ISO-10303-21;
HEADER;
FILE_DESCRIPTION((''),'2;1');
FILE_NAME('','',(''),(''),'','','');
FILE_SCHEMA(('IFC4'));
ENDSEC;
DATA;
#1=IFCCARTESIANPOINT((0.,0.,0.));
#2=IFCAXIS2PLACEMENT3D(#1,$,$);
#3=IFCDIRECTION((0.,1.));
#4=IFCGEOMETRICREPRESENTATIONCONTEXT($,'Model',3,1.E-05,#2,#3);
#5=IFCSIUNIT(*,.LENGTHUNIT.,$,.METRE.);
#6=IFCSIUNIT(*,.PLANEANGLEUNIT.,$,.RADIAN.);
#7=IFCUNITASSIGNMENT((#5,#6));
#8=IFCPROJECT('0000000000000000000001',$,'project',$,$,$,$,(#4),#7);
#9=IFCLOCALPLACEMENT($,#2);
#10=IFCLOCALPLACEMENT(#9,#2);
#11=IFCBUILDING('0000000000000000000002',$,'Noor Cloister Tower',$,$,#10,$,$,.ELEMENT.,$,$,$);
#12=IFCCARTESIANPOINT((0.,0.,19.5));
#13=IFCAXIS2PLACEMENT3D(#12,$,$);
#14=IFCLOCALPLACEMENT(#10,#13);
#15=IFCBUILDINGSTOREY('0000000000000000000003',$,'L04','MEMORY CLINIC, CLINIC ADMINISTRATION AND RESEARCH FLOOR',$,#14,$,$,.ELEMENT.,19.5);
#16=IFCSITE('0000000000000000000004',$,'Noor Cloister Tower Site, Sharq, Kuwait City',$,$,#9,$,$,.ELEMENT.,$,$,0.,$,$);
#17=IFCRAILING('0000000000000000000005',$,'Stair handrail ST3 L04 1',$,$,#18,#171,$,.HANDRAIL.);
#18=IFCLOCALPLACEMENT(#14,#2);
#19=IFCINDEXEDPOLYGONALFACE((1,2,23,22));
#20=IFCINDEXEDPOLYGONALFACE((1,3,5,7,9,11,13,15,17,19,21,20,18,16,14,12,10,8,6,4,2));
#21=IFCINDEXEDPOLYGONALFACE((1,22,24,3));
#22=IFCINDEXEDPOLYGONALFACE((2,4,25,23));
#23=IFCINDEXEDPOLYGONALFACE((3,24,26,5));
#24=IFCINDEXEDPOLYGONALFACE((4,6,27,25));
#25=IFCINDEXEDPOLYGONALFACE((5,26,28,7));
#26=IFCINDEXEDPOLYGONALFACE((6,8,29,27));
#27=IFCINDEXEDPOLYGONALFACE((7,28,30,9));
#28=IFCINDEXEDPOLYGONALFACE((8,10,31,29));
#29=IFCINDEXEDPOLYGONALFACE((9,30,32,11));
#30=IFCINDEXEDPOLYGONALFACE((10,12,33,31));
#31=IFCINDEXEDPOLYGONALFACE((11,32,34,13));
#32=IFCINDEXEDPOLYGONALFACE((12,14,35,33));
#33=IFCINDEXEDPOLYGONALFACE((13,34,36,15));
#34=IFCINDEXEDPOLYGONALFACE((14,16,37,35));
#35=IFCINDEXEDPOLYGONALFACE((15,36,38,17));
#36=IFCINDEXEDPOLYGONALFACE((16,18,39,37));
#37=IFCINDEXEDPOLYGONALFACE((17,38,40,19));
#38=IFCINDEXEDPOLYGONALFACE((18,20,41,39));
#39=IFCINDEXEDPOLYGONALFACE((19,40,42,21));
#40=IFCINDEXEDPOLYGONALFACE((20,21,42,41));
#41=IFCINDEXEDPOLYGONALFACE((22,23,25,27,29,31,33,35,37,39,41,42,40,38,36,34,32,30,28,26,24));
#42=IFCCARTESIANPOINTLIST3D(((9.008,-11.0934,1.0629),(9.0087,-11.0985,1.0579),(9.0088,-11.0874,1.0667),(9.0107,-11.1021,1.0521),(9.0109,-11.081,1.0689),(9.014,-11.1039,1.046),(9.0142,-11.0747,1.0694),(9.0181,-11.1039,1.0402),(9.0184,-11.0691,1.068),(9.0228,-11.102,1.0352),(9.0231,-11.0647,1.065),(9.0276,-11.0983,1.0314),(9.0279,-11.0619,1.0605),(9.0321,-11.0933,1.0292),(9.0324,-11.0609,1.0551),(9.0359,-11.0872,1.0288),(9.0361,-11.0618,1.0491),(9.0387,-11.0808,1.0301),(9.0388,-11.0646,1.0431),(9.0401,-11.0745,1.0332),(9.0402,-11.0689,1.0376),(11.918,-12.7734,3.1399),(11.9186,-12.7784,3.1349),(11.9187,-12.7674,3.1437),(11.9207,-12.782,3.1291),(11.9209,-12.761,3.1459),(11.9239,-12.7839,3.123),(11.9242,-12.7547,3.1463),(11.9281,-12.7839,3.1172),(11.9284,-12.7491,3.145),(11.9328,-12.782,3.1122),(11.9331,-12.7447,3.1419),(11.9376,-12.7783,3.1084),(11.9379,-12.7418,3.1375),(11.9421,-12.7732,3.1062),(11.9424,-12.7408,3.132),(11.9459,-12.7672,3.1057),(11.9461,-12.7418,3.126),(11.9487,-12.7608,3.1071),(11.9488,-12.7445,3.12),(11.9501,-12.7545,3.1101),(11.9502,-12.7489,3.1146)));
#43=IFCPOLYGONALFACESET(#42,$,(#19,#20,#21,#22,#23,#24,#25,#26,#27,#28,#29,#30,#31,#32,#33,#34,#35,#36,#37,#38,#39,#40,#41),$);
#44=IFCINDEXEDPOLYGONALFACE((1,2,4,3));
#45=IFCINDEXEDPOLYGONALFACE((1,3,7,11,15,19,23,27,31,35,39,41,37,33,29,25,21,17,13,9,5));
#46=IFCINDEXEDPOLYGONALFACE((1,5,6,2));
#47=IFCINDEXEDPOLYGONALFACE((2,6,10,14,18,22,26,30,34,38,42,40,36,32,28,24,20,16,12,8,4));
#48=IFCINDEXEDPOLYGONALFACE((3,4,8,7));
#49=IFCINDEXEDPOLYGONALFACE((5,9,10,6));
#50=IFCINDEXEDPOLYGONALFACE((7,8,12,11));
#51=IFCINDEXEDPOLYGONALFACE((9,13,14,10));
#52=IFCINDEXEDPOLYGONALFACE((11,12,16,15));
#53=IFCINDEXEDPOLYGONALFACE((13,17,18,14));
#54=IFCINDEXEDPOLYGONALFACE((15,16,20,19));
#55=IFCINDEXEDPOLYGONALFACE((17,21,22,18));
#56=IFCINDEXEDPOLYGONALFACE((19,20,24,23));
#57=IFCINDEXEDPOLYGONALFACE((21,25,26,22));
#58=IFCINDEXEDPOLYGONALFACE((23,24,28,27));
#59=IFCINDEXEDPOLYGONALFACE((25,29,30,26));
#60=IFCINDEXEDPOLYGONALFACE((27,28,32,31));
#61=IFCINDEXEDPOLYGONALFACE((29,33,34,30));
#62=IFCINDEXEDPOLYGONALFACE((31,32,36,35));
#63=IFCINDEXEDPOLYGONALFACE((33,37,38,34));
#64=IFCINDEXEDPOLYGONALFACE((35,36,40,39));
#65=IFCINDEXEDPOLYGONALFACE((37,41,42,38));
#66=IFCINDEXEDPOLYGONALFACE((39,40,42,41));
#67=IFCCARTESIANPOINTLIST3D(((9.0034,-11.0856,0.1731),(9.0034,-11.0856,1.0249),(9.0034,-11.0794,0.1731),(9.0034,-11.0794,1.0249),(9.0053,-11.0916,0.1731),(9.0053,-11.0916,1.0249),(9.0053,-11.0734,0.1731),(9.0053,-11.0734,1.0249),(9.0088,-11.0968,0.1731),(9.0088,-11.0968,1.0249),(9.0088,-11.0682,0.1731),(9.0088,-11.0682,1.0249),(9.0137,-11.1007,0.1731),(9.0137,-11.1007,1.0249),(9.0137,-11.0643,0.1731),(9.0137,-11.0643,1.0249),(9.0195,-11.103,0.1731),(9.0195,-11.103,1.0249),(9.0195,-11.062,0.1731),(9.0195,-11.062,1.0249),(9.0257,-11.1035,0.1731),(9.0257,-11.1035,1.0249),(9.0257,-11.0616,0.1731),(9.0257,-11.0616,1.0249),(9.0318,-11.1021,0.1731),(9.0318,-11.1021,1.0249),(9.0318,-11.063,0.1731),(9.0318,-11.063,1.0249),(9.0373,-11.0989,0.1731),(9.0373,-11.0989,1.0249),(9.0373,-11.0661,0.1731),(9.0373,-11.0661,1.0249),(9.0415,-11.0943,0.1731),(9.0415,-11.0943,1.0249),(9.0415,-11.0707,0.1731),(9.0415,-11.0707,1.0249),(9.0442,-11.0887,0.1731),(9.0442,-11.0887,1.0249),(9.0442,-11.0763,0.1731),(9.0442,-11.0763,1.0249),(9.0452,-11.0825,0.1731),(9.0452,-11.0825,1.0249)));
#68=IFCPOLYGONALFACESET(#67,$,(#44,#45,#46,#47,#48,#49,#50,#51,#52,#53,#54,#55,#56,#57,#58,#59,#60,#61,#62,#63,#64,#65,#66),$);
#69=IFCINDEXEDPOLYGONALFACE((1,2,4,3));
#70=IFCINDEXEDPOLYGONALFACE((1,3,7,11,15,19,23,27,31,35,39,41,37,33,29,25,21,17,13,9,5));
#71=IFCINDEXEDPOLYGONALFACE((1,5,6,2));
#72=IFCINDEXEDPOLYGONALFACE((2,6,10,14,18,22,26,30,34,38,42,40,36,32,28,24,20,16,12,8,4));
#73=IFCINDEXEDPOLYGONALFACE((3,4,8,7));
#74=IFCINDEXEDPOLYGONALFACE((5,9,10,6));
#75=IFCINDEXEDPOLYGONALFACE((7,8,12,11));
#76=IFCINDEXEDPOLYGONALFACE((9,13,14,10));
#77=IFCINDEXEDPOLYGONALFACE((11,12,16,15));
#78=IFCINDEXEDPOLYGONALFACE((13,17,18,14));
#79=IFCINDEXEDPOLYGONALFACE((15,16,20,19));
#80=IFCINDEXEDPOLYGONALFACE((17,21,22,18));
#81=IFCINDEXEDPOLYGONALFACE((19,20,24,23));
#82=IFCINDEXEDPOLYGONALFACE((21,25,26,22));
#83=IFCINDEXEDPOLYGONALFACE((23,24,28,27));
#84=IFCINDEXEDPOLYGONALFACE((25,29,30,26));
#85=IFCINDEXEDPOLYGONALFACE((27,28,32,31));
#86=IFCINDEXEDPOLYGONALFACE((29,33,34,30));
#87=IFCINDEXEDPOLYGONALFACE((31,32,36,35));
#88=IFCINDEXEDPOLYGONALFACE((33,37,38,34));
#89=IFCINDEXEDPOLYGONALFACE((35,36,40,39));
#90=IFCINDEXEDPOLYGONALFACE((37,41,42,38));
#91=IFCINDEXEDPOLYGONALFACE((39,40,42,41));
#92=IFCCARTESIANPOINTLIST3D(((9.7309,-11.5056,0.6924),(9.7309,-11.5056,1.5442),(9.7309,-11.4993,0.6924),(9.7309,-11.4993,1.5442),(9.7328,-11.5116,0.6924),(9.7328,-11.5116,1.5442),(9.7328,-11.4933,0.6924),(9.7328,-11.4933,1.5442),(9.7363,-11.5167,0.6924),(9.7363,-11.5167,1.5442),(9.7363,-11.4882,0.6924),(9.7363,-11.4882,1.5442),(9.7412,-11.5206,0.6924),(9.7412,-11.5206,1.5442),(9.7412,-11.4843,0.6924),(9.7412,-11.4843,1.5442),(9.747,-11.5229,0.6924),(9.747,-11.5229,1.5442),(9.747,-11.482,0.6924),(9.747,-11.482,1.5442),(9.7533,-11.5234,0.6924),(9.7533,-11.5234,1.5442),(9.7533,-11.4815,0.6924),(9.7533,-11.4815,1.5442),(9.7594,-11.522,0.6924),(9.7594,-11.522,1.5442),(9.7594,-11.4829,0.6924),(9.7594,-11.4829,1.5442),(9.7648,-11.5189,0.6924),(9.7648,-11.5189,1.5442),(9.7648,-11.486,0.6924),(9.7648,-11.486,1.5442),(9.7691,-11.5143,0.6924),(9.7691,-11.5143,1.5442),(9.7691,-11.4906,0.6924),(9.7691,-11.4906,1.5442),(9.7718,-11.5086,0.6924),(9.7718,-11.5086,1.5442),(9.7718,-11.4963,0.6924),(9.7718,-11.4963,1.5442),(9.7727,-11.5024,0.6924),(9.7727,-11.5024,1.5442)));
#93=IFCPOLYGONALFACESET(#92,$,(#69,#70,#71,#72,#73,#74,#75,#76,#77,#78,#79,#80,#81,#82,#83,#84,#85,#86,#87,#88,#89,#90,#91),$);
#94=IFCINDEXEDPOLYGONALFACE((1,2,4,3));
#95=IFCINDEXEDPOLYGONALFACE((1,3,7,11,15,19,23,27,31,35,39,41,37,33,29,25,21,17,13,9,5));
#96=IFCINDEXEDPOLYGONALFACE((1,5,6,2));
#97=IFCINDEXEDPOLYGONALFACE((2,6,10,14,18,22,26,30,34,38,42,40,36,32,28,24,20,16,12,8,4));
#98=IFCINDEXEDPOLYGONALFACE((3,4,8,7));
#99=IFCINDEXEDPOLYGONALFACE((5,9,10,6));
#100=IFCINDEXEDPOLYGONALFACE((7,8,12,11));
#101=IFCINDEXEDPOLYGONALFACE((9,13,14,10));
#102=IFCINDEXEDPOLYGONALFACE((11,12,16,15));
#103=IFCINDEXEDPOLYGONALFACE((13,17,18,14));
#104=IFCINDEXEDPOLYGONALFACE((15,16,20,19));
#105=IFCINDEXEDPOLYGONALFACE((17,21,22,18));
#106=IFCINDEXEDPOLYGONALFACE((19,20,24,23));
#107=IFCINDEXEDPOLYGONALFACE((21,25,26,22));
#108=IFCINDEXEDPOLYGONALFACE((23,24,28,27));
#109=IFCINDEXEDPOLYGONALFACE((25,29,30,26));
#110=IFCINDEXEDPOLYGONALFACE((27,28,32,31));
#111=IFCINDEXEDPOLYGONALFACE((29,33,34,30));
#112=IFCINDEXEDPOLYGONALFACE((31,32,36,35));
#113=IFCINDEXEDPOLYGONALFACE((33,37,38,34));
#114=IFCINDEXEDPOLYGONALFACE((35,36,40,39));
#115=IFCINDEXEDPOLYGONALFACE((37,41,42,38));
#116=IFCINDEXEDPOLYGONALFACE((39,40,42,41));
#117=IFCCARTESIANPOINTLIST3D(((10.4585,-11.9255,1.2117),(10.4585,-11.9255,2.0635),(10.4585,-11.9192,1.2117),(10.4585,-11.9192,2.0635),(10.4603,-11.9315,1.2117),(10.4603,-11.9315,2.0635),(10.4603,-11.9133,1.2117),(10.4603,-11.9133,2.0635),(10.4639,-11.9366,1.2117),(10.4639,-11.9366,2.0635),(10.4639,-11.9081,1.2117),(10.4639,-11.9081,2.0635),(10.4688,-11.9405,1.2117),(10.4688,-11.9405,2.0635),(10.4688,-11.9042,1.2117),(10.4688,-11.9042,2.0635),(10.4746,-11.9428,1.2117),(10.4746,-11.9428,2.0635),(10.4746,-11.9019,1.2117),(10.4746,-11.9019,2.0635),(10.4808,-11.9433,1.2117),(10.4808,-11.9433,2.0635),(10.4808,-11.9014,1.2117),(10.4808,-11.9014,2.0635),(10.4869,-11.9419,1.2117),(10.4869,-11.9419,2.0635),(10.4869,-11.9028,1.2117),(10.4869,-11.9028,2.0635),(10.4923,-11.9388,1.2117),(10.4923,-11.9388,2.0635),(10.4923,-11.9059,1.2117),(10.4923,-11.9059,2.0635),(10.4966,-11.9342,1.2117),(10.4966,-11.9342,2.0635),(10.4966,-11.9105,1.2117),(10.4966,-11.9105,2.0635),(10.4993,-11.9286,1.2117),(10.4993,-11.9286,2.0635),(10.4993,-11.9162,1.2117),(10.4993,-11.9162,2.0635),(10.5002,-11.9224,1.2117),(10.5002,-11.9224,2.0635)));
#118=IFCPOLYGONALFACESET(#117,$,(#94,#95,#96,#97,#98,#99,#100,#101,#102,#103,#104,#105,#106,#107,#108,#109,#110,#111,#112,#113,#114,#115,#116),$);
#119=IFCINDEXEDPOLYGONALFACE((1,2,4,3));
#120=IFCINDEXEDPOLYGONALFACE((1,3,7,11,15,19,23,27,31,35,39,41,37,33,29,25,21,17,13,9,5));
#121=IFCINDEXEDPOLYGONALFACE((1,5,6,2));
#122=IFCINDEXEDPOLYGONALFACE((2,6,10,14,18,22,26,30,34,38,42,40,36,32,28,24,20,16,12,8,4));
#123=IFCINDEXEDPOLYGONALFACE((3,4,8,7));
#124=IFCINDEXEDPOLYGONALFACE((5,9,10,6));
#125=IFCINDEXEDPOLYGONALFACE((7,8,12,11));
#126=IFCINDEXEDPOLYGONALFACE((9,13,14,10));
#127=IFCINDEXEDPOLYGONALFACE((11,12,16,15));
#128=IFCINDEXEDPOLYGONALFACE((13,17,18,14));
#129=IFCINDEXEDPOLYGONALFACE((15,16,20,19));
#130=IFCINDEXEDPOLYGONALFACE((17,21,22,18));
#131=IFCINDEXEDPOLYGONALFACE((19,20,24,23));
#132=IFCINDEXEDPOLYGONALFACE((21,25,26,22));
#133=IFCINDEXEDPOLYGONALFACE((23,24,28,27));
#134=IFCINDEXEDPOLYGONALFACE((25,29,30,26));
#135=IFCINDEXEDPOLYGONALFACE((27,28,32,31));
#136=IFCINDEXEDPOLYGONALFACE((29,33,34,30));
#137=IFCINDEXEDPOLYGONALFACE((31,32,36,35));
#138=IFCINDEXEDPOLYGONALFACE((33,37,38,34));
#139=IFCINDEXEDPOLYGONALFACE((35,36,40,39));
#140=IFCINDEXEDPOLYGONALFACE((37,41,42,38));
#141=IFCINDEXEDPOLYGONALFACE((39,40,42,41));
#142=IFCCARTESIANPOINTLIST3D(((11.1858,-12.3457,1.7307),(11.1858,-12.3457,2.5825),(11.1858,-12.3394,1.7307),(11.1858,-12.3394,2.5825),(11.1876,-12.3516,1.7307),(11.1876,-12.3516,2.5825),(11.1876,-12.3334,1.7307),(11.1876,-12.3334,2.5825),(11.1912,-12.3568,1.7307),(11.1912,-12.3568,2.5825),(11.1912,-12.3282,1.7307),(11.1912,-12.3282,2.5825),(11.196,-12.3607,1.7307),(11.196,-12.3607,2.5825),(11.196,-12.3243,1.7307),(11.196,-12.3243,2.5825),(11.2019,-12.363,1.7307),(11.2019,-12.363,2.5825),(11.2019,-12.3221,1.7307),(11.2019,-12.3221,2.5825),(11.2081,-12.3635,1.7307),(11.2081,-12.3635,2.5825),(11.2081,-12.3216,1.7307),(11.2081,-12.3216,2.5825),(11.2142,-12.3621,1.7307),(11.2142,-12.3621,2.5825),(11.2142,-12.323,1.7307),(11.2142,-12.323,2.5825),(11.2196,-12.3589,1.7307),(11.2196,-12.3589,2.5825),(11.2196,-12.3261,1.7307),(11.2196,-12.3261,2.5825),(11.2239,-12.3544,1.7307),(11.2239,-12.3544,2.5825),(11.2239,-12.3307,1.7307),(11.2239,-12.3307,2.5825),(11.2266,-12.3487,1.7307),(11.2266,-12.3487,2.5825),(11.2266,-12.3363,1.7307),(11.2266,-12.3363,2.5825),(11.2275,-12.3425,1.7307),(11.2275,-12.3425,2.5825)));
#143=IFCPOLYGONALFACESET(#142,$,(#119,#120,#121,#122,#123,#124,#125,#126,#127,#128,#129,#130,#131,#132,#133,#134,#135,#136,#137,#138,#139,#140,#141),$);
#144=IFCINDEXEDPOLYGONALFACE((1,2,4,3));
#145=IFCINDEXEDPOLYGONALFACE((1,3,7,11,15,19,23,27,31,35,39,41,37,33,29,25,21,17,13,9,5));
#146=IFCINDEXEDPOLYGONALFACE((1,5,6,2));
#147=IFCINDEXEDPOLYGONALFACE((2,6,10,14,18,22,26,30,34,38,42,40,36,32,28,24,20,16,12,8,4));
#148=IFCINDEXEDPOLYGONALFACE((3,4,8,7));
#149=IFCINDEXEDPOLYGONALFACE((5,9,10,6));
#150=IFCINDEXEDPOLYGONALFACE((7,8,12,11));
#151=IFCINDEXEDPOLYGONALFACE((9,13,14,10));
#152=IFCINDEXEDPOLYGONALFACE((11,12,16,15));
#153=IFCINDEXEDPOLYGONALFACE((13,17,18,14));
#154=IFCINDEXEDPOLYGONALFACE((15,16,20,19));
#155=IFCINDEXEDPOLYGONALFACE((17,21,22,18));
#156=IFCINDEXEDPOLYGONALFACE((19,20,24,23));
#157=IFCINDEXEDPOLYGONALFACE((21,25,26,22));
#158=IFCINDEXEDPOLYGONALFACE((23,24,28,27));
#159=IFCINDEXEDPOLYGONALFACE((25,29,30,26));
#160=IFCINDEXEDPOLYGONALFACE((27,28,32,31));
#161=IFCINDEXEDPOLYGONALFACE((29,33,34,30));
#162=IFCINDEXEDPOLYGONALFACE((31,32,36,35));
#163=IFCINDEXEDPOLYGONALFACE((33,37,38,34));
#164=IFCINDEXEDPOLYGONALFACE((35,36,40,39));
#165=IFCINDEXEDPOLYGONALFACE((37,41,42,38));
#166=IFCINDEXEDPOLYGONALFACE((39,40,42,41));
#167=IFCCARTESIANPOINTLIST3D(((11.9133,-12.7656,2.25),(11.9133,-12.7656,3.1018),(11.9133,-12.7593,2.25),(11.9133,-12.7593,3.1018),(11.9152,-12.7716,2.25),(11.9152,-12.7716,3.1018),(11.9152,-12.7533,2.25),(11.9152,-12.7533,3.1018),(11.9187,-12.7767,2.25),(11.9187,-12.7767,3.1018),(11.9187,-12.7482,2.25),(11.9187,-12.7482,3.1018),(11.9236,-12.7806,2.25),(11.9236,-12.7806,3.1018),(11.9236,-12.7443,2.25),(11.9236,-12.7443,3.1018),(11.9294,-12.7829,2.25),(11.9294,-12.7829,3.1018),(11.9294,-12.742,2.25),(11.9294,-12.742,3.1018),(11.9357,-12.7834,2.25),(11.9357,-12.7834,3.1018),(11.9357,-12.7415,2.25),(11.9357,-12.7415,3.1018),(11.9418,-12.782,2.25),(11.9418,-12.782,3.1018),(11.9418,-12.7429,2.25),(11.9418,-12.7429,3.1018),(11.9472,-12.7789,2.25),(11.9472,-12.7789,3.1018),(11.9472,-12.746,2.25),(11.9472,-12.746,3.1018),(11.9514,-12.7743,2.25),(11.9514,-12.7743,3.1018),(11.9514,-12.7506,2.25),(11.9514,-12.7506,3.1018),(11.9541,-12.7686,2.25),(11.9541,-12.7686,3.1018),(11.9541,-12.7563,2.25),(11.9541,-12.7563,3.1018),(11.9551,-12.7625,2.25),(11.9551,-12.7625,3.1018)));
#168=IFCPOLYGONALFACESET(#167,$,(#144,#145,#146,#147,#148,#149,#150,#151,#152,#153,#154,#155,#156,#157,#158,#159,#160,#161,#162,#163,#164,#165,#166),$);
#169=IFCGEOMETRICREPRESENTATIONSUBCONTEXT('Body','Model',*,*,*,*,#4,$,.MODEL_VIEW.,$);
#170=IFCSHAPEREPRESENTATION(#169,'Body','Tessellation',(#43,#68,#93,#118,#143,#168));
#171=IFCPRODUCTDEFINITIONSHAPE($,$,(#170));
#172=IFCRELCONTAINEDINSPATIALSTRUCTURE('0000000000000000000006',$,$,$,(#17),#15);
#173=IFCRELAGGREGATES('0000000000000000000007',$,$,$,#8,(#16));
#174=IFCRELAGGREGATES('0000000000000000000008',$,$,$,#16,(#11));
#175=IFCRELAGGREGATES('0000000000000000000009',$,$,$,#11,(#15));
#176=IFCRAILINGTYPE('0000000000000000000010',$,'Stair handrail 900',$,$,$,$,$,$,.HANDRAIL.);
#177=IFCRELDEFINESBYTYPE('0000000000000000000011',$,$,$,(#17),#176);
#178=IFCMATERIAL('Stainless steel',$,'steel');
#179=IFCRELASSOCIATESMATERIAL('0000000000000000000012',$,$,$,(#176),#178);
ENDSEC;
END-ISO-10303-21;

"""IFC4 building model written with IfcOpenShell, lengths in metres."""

from ifc_helpers import new_model, si_unit, direction, frame, origin, origin_2d, place, context, subcontext, project, spatial, circle, extrude, material, type_object, element, save


model = new_model("IFC4")

# Units and contexts
model_context = context("Model", 3, precision=1e-05, world=origin(), true_north=direction((0.0, 1.0)))
body_context = subcontext(model_context, "Body", "Model", "MODEL_VIEW")
ifc_project = project(units=[si_unit("LENGTHUNIT", "METRE"), si_unit("PLANEANGLEUNIT", "RADIAN")], contexts=[model_context])

# Site, building, storey
site_placement = place(None, origin())
site = spatial("IfcSite", under=ifc_project, at=site_placement, Name="Noor Cloister Tower Site, Sharq, Kuwait City", CompositionType="ELEMENT", RefElevation=0.0)
building_placement = place(site_placement, origin())
building = spatial("IfcBuilding", under=site, at=building_placement, Name="Noor Cloister Tower", CompositionType="ELEMENT")
storey_placement = place(building_placement, frame((0.0, 0.0, 19.5)))
storey = spatial("IfcBuildingStorey", under=building, at=storey_placement, Name="L04", Description="MEMORY CLINIC, CLINIC ADMINISTRATION AND RESEARCH FLOOR", CompositionType="ELEMENT", Elevation=19.5)

# Railing
ifc_material_1 = material(Name="Stainless steel", Category="steel")
railing_type_1 = type_object("IfcRailingType", Name="Stair handrail 900", PredefinedType="HANDRAIL", material=ifc_material_1)
railing_1_placement = place(storey_placement, frame((9.0242, -11.0825, 0.1731)))
element("IfcRailing", 1, at=railing_1_placement, inside=storey, type_object=railing_type_1, Name="Stair handrail ST3 L04 1", PredefinedType="HANDRAIL", context=body_context, shape_type="SweptSolid", body=[
    extrude(circle(Radius=0.0239, at=origin_2d()), frame((0.0, 0.0, 0.876), z_axis=(0.736668, -0.425288, 0.525785), x_axis=(0.499976, 0.866039, 0.0)), (0.0, 0.0, 1.0), 3.9502),
    extrude(circle(Radius=0.021, at=origin_2d()), origin(), (0.0, 0.0, 1.0), 0.8518),
    extrude(circle(Radius=0.021, at=origin_2d()), frame((0.7275, -0.4199, 0.5193)), (0.0, 0.0, 1.0), 0.8518),
    extrude(circle(Radius=0.021, at=origin_2d()), frame((1.4551, -0.8398, 1.0386)), (0.0, 0.0, 1.0), 0.8518),
    extrude(circle(Radius=0.021, at=origin_2d()), frame((2.1824, -1.26, 1.5576)), (0.0, 0.0, 1.0), 0.8518),
    extrude(circle(Radius=0.021, at=origin_2d()), frame((2.9099, -1.6799, 2.0769)), (0.0, 0.0, 1.0), 0.8518),
])

save(model, "model.ifc")
